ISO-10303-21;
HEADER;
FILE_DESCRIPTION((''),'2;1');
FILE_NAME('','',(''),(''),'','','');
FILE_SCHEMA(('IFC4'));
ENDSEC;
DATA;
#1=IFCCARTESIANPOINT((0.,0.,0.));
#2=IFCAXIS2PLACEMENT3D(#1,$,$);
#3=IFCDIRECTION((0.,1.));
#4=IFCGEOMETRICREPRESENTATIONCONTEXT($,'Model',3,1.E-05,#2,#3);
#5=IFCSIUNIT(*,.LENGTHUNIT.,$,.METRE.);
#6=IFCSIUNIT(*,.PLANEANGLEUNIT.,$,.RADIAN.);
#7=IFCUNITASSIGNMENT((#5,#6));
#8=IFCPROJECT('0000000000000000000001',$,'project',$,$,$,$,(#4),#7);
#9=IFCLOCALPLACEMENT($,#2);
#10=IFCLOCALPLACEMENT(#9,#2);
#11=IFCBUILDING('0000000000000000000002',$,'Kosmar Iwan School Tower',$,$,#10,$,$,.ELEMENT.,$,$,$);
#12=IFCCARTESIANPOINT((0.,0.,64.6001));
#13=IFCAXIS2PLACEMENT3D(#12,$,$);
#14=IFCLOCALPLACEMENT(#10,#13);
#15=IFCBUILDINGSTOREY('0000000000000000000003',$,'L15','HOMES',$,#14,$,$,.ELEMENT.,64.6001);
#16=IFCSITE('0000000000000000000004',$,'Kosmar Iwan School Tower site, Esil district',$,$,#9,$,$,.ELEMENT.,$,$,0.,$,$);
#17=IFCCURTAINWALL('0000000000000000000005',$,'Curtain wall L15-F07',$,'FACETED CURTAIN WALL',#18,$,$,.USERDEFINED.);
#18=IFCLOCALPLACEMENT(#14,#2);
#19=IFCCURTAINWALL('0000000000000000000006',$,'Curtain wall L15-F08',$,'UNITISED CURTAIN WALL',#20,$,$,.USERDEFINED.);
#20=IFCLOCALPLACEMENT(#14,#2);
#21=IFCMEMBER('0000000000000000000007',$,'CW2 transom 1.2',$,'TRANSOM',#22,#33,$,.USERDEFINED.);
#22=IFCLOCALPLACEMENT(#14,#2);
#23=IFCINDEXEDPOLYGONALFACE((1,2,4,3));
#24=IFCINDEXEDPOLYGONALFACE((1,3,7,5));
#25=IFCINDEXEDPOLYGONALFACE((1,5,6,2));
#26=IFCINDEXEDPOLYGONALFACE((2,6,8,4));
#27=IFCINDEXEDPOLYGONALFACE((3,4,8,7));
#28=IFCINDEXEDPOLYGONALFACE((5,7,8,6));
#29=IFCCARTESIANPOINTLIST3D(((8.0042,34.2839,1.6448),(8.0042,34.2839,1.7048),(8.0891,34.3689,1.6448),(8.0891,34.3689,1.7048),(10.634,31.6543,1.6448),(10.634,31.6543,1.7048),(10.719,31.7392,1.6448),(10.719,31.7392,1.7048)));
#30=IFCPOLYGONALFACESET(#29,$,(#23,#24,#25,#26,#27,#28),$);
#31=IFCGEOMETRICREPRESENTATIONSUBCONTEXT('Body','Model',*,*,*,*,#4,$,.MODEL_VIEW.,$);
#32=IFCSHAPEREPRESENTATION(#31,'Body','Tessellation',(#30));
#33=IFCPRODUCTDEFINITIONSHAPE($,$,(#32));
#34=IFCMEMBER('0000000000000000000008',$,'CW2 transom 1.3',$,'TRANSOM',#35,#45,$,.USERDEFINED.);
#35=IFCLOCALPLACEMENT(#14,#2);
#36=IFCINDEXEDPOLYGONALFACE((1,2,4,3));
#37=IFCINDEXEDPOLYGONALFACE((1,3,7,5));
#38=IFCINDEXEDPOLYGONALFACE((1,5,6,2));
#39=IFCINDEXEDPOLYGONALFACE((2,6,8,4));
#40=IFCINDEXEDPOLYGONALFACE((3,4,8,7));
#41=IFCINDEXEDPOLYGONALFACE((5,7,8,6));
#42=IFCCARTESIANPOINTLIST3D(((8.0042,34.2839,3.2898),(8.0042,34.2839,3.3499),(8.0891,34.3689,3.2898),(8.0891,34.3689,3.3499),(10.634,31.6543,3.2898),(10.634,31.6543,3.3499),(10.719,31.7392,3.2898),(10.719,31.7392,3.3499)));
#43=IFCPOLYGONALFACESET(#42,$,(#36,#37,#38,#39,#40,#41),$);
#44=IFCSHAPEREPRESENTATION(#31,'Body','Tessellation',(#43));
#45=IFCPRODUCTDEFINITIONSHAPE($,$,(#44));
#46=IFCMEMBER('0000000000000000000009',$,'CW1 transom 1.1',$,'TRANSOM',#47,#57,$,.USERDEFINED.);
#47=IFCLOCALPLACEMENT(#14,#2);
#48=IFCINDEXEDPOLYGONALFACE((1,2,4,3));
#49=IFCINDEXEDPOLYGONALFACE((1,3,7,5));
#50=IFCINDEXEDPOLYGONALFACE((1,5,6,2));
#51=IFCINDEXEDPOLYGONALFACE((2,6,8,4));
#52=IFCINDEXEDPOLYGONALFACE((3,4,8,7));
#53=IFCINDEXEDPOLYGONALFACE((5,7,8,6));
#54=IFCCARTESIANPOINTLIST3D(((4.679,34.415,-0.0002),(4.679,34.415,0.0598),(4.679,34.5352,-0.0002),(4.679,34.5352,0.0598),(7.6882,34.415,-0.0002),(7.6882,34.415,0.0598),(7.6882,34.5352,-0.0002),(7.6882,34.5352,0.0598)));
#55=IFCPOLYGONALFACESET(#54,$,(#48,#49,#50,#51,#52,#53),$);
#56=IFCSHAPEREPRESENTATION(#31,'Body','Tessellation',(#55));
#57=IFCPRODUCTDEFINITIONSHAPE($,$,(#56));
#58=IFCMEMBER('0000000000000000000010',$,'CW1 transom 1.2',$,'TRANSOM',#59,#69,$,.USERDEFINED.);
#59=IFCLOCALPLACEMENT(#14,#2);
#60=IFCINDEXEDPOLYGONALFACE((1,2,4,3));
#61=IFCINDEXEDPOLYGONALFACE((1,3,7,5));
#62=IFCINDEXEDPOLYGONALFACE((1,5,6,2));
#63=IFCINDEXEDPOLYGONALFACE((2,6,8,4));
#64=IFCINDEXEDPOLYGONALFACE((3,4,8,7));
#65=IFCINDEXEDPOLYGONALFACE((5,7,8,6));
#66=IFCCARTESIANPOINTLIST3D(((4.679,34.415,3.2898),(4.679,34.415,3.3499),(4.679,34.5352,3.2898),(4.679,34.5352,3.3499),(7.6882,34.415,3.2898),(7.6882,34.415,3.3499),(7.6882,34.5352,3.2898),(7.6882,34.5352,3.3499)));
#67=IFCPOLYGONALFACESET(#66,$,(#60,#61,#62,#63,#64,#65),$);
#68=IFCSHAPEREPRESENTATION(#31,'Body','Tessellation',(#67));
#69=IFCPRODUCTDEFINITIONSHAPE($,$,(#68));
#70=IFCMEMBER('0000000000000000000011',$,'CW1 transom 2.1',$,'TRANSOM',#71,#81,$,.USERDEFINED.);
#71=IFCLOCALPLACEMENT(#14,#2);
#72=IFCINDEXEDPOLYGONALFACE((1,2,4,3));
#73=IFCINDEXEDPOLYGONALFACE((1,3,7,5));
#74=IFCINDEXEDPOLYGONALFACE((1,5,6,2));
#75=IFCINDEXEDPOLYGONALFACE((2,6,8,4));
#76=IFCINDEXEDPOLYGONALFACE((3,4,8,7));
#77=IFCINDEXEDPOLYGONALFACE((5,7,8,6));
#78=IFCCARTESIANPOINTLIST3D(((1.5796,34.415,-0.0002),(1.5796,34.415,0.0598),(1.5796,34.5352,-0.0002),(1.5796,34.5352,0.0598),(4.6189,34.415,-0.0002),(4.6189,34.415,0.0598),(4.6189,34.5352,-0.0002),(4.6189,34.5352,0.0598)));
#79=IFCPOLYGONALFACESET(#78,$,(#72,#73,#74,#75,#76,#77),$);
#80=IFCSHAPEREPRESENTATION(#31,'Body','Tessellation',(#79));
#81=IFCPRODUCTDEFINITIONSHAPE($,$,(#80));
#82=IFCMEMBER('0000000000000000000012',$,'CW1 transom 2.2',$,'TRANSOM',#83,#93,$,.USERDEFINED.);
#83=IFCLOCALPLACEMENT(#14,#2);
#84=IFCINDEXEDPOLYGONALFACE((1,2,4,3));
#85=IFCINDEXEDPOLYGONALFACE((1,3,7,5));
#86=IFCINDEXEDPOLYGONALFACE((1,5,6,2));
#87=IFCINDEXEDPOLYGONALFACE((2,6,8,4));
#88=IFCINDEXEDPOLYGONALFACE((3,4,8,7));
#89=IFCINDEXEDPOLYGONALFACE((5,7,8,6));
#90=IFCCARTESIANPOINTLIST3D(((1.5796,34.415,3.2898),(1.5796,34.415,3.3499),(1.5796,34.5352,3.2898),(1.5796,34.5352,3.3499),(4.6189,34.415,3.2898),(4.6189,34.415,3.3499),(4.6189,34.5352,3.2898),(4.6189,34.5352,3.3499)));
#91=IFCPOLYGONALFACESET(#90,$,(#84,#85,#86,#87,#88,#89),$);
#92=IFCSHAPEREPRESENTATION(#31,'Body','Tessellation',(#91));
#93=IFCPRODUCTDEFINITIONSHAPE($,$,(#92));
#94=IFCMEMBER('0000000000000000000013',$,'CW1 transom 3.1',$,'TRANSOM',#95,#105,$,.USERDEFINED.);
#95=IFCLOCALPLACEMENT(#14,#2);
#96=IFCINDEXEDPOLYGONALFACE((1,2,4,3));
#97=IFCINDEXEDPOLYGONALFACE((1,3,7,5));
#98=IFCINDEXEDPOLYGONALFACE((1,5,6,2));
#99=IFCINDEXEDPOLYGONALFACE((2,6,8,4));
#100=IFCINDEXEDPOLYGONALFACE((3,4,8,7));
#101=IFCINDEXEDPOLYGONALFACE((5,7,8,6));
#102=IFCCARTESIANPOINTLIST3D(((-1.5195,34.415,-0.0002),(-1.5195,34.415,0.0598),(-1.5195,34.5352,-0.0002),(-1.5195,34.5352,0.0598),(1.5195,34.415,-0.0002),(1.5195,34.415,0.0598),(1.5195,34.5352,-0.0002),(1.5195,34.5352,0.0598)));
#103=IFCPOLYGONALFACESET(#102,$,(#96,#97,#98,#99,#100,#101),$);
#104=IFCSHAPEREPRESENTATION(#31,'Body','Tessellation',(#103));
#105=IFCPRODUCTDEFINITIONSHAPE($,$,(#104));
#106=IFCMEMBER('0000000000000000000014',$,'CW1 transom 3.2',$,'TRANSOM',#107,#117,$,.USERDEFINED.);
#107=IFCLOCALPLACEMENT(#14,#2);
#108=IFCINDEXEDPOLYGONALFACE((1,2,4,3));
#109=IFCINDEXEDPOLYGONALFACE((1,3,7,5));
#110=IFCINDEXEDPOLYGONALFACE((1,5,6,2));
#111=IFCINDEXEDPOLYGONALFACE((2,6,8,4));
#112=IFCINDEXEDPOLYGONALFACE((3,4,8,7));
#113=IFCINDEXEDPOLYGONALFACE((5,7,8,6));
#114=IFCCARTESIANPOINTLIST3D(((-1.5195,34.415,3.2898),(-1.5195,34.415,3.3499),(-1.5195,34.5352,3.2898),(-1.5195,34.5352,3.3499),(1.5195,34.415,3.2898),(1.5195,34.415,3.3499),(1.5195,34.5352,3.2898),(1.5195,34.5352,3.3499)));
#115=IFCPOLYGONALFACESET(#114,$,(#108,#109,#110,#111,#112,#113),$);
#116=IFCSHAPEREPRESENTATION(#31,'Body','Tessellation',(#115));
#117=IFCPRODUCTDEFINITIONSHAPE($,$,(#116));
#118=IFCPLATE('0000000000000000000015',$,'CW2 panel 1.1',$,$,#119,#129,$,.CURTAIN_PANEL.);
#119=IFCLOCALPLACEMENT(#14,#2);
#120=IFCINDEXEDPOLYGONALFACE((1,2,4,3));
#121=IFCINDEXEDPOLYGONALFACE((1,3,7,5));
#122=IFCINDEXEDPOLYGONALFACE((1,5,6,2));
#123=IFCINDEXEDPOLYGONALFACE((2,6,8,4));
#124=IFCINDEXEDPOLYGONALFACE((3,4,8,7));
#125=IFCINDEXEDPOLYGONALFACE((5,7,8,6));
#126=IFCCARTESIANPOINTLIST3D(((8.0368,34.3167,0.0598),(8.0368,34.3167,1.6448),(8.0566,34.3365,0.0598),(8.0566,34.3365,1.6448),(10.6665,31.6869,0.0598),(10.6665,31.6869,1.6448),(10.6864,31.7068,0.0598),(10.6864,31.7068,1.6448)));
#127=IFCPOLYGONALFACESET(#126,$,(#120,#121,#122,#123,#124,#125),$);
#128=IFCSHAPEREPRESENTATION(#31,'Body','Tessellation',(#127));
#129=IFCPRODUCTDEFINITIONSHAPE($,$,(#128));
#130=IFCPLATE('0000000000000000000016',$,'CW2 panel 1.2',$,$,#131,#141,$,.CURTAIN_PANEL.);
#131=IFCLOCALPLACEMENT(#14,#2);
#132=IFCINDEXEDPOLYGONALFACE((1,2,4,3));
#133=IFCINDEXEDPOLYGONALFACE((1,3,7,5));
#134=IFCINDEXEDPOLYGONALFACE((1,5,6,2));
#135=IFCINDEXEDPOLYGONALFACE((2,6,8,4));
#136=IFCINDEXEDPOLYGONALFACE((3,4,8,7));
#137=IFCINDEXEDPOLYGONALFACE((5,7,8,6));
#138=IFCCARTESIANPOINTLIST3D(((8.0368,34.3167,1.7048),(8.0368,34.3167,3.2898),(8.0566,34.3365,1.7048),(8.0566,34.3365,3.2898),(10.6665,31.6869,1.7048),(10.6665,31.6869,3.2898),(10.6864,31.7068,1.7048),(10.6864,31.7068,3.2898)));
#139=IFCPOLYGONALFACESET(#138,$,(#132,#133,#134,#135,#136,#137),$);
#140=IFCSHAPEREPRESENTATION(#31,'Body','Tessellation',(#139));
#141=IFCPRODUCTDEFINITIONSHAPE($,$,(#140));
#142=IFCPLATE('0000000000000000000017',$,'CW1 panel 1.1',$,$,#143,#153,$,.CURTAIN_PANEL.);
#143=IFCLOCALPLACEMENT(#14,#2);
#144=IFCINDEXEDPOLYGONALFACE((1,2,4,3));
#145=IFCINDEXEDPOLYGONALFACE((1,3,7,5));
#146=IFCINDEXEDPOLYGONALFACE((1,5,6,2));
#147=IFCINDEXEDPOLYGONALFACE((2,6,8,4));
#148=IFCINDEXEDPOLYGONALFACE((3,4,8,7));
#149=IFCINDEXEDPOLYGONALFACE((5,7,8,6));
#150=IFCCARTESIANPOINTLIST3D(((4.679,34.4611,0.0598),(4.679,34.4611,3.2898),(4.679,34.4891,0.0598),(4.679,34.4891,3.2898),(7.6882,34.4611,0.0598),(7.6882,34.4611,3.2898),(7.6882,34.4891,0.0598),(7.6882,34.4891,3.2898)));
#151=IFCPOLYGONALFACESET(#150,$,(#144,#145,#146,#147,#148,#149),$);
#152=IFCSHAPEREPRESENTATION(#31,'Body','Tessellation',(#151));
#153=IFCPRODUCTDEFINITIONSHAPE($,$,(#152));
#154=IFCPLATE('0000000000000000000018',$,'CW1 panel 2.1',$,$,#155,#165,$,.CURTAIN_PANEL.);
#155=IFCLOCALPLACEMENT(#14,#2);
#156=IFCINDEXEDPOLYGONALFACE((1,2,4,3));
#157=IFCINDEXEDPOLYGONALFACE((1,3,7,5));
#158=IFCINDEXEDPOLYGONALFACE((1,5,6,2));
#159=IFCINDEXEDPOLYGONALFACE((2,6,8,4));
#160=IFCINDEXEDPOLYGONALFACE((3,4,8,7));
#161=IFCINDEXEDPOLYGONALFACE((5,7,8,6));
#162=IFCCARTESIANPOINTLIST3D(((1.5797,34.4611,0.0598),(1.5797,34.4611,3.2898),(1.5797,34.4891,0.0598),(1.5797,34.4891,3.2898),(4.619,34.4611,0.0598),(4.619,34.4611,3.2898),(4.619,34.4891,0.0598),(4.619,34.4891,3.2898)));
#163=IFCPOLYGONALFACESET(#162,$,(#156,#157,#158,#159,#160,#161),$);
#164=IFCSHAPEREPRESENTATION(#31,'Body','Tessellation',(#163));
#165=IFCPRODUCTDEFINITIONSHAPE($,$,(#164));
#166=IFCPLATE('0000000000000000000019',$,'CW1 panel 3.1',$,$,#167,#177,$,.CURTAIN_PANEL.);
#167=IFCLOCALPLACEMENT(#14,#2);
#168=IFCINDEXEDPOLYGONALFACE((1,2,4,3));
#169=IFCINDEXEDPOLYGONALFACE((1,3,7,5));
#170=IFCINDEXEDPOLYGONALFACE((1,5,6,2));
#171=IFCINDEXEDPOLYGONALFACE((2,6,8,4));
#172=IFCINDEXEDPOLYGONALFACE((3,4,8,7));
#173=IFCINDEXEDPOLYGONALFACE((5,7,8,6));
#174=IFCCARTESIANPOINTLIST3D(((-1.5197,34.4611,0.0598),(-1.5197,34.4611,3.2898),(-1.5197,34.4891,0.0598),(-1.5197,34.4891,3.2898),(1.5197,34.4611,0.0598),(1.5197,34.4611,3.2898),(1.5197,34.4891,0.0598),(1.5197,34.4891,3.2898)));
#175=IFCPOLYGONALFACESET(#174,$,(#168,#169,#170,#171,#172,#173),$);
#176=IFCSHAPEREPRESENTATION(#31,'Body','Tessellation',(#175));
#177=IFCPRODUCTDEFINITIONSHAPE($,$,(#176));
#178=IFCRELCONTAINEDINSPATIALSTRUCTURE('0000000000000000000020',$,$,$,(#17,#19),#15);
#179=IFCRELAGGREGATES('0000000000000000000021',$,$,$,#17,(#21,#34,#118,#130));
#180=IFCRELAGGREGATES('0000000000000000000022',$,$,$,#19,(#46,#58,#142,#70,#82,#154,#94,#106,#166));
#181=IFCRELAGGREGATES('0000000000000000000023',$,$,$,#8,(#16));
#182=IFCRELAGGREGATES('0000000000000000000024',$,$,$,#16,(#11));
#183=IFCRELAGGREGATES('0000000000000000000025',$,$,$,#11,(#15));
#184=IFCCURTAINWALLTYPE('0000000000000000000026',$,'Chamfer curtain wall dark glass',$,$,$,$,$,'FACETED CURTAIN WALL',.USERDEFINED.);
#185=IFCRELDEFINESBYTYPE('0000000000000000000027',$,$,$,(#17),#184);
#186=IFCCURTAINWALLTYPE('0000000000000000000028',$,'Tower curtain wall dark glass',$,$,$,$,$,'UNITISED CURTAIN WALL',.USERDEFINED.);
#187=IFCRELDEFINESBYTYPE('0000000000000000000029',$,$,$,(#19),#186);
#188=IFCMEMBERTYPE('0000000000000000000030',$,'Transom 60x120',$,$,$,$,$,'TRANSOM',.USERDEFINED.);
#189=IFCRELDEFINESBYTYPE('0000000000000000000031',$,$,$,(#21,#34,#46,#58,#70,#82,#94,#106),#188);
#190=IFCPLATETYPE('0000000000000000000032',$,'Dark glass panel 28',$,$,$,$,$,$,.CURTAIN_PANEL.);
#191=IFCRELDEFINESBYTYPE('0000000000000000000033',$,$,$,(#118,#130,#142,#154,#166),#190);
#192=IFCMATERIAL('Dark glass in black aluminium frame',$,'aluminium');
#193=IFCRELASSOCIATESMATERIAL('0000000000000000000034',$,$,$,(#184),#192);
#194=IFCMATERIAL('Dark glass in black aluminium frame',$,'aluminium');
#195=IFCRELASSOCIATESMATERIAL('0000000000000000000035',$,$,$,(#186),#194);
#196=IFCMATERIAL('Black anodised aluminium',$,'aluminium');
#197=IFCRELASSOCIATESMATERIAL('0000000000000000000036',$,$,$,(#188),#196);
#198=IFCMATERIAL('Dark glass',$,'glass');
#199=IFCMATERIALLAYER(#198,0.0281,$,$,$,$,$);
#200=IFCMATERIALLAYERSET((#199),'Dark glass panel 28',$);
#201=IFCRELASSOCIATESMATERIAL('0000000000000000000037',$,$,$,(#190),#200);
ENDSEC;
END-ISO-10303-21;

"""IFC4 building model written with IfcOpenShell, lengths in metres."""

from ifc_helpers import new_model, si_unit, direction, frame, origin, origin_2d, place, context, subcontext, project, spatial, rectangle, extrude, material, layer, layer_set, material_profile, profile_set, type_object, element, aggregate, save


model = new_model("IFC4")

# Units and contexts
model_context = context("Model", 3, precision=1e-05, world=origin(), true_north=direction((0.0, 1.0)))
body_context = subcontext(model_context, "Body", "Model", "MODEL_VIEW")
ifc_project = project(units=[si_unit("LENGTHUNIT", "METRE"), si_unit("PLANEANGLEUNIT", "RADIAN")], contexts=[model_context])

# Site, building, storey
site_placement = place(None, origin())
site = spatial("IfcSite", under=ifc_project, at=site_placement, Name="Kosmar Iwan School Tower site, Esil district", CompositionType="ELEMENT", RefElevation=0.0)
building_placement = place(site_placement, origin())
building = spatial("IfcBuilding", under=site, at=building_placement, Name="Kosmar Iwan School Tower", CompositionType="ELEMENT")
storey_placement = place(building_placement, frame((0.0, 0.0, 64.6001)))
storey = spatial("IfcBuildingStorey", under=building, at=storey_placement, Name="L15", Description="HOMES", CompositionType="ELEMENT", Elevation=64.6001)

# Curtain walls
ifc_material_1 = material(Name="Dark glass in black aluminium frame", Category="aluminium")
curtain_wall_type_1 = type_object("IfcCurtainWallType", Name="Chamfer curtain wall dark glass", ElementType="FACETED CURTAIN WALL", PredefinedType="USERDEFINED", material=ifc_material_1)
curtain_wall_1_placement = place(storey_placement, origin())
curtain_wall_1 = element("IfcCurtainWall", 1, at=curtain_wall_1_placement, inside=storey, type_object=curtain_wall_type_1, Name="Curtain wall L15-F07", ObjectType="FACETED CURTAIN WALL", PredefinedType="USERDEFINED")
ifc_material_2 = material(Name="Dark glass in black aluminium frame", Category="aluminium")
curtain_wall_type_2 = type_object("IfcCurtainWallType", Name="Tower curtain wall dark glass", ElementType="UNITISED CURTAIN WALL", PredefinedType="USERDEFINED", material=ifc_material_2)
curtain_wall_2_placement = place(storey_placement, origin())
curtain_wall_2 = element("IfcCurtainWall", 2, at=curtain_wall_2_placement, inside=storey, type_object=curtain_wall_type_2, Name="Curtain wall L15-F08", ObjectType="UNITISED CURTAIN WALL", PredefinedType="USERDEFINED")

# Members
ifc_material_3 = material(Name="Black anodised aluminium", Category="aluminium")
ifc_material_profile_1 = material_profile(ifc_material_3, rectangle(XDim=0.1201, YDim=0.0601, at=origin_2d()), Name="TRANSOM 60x120")
ifc_profile_set_1 = profile_set([ifc_material_profile_1], Name="Black anodised aluminium")
member_type_1 = type_object("IfcMemberType", Name="Transom 60x120", ElementType="TRANSOM", PredefinedType="USERDEFINED", material=ifc_profile_set_1)
member_1_placement = place(storey_placement, frame((10.6765, 31.6968, 1.6748), z_axis=(-0.70714, 0.707074, 0.0), x_axis=(-0.707074, -0.70714, 0.0)))
member_1 = element("IfcMember", 3, at=member_1_placement, type_object=member_type_1, Name="CW2 transom 1.2", ObjectType="TRANSOM", PredefinedType="USERDEFINED", context=body_context, shape_type="SweptSolid", body=[
    extrude(rectangle(XDim=0.1201, YDim=0.0601, at=origin_2d()), origin(), (0.0, 0.0, 1.0), 3.719),
])
member_2_placement = place(storey_placement, frame((10.6765, 31.6968, 3.3198), z_axis=(-0.70714, 0.707074, 0.0), x_axis=(-0.707074, -0.70714, 0.0)))
member_2 = element("IfcMember", 4, at=member_2_placement, type_object=member_type_1, Name="CW2 transom 1.3", ObjectType="TRANSOM", PredefinedType="USERDEFINED", context=body_context, shape_type="SweptSolid", body=[
    extrude(rectangle(XDim=0.1201, YDim=0.0601, at=origin_2d()), origin(), (0.0, 0.0, 1.0), 3.719),
])
member_3_placement = place(storey_placement, frame((7.6882, 34.4751, 0.0298), z_axis=(-1.0, 0.0, 0.0), x_axis=(0.0, -1.0, 0.0)))
member_3 = element("IfcMember", 5, at=member_3_placement, type_object=member_type_1, Name="CW1 transom 1.1", ObjectType="TRANSOM", PredefinedType="USERDEFINED", context=body_context, shape_type="SweptSolid", body=[
    extrude(rectangle(XDim=0.1201, YDim=0.0601, at=origin_2d()), origin(), (0.0, 0.0, 1.0), 3.0093),
])
member_4_placement = place(storey_placement, frame((7.6882, 34.4751, 3.3198), z_axis=(-1.0, 0.0, 0.0), x_axis=(0.0, -1.0, 0.0)))
member_4 = element("IfcMember", 6, at=member_4_placement, type_object=member_type_1, Name="CW1 transom 1.2", ObjectType="TRANSOM", PredefinedType="USERDEFINED", context=body_context, shape_type="SweptSolid", body=[
    extrude(rectangle(XDim=0.1201, YDim=0.0601, at=origin_2d()), origin(), (0.0, 0.0, 1.0), 3.0093),
])
member_5_placement = place(storey_placement, frame((4.6189, 34.4751, 0.0298), z_axis=(-1.0, 0.0, 0.0), x_axis=(0.0, -1.0, 0.0)))
member_5 = element("IfcMember", 7, at=member_5_placement, type_object=member_type_1, Name="CW1 transom 2.1", ObjectType="TRANSOM", PredefinedType="USERDEFINED", context=body_context, shape_type="SweptSolid", body=[
    extrude(rectangle(XDim=0.1201, YDim=0.0601, at=origin_2d()), origin(), (0.0, 0.0, 1.0), 3.0393),
])
member_6_placement = place(storey_placement, frame((4.6189, 34.4751, 3.3198), z_axis=(-1.0, 0.0, 0.0), x_axis=(0.0, -1.0, 0.0)))
member_6 = element("IfcMember", 8, at=member_6_placement, type_object=member_type_1, Name="CW1 transom 2.2", ObjectType="TRANSOM", PredefinedType="USERDEFINED", context=body_context, shape_type="SweptSolid", body=[
    extrude(rectangle(XDim=0.1201, YDim=0.0601, at=origin_2d()), origin(), (0.0, 0.0, 1.0), 3.0393),
])
member_7_placement = place(storey_placement, frame((1.5195, 34.4751, 0.0298), z_axis=(-1.0, 0.0, 0.0), x_axis=(0.0, -1.0, 0.0)))
member_7 = element("IfcMember", 9, at=member_7_placement, type_object=member_type_1, Name="CW1 transom 3.1", ObjectType="TRANSOM", PredefinedType="USERDEFINED", context=body_context, shape_type="SweptSolid", body=[
    extrude(rectangle(XDim=0.1201, YDim=0.0601, at=origin_2d()), origin(), (0.0, 0.0, 1.0), 3.0391),
])
member_8_placement = place(storey_placement, frame((1.5195, 34.4751, 3.3198), z_axis=(-1.0, 0.0, 0.0), x_axis=(0.0, -1.0, 0.0)))
member_8 = element("IfcMember", 10, at=member_8_placement, type_object=member_type_1, Name="CW1 transom 3.2", ObjectType="TRANSOM", PredefinedType="USERDEFINED", context=body_context, shape_type="SweptSolid", body=[
    extrude(rectangle(XDim=0.1201, YDim=0.0601, at=origin_2d()), origin(), (0.0, 0.0, 1.0), 3.0391),
])

# Plates
ifc_material_4 = material(Name="Dark glass", Category="glass")
ifc_layer_1 = layer(ifc_material_4, 0.0281)
ifc_layer_set_1 = layer_set([ifc_layer_1], Name="Dark glass panel 28")
plate_type = type_object("IfcPlateType", Name="Dark glass panel 28", PredefinedType="CURTAIN_PANEL", material=ifc_layer_set_1)
plate_1_placement = place(storey_placement, frame((9.3616, 33.0117, 0.0598), z_axis=(0.0, 0.0, 1.0), x_axis=(-0.707107, 0.707107, 0.0)))
plate_1 = element("IfcPlate", 11, at=plate_1_placement, type_object=plate_type, Name="CW2 panel 1.1", PredefinedType="CURTAIN_PANEL", context=body_context, shape_type="SweptSolid", body=[
    extrude(rectangle(XDim=3.719, YDim=0.0281, at=origin_2d()), origin(), (0.0, 0.0, 1.0), 1.585),
])
plate_2_placement = place(storey_placement, frame((9.3616, 33.0117, 1.7048), z_axis=(0.0, 0.0, 1.0), x_axis=(-0.707107, 0.707107, 0.0)))
plate_2 = element("IfcPlate", 12, at=plate_2_placement, type_object=plate_type, Name="CW2 panel 1.2", PredefinedType="CURTAIN_PANEL", context=body_context, shape_type="SweptSolid", body=[
    extrude(rectangle(XDim=3.719, YDim=0.0281, at=origin_2d()), origin(), (0.0, 0.0, 1.0), 1.585),
])
aggregate(curtain_wall_1, [member_1, member_2, plate_1, plate_2])
plate_3_placement = place(storey_placement, frame((6.1836, 34.4751, 0.0598), z_axis=(0.0, 0.0, 1.0), x_axis=(-1.0, 0.0, 0.0)))
plate_3 = element("IfcPlate", 13, at=plate_3_placement, type_object=plate_type, Name="CW1 panel 1.1", PredefinedType="CURTAIN_PANEL", context=body_context, shape_type="SweptSolid", body=[
    extrude(rectangle(XDim=3.0093, YDim=0.0281, at=origin_2d()), origin(), (0.0, 0.0, 1.0), 3.23),
])
plate_4_placement = place(storey_placement, frame((3.0994, 34.4751, 0.0598), z_axis=(0.0, 0.0, 1.0), x_axis=(-1.0, 0.0, 0.0)))
plate_4 = element("IfcPlate", 14, at=plate_4_placement, type_object=plate_type, Name="CW1 panel 2.1", PredefinedType="CURTAIN_PANEL", context=body_context, shape_type="SweptSolid", body=[
    extrude(rectangle(XDim=3.0393, YDim=0.0281, at=origin_2d()), origin(), (0.0, 0.0, 1.0), 3.23),
])
plate_5_placement = place(storey_placement, frame((0.0, 34.4751, 0.0598), z_axis=(0.0, 0.0, 1.0), x_axis=(-1.0, 0.0, 0.0)))
plate_5 = element("IfcPlate", 15, at=plate_5_placement, type_object=plate_type, Name="CW1 panel 3.1", PredefinedType="CURTAIN_PANEL", context=body_context, shape_type="SweptSolid", body=[
    extrude(rectangle(XDim=3.0393, YDim=0.0281, at=origin_2d()), origin(), (0.0, 0.0, 1.0), 3.23),
])
aggregate(curtain_wall_2, [member_3, member_4, plate_3, member_5, member_6, plate_4, member_7, member_8, plate_5])

save(model, "model.ifc")
